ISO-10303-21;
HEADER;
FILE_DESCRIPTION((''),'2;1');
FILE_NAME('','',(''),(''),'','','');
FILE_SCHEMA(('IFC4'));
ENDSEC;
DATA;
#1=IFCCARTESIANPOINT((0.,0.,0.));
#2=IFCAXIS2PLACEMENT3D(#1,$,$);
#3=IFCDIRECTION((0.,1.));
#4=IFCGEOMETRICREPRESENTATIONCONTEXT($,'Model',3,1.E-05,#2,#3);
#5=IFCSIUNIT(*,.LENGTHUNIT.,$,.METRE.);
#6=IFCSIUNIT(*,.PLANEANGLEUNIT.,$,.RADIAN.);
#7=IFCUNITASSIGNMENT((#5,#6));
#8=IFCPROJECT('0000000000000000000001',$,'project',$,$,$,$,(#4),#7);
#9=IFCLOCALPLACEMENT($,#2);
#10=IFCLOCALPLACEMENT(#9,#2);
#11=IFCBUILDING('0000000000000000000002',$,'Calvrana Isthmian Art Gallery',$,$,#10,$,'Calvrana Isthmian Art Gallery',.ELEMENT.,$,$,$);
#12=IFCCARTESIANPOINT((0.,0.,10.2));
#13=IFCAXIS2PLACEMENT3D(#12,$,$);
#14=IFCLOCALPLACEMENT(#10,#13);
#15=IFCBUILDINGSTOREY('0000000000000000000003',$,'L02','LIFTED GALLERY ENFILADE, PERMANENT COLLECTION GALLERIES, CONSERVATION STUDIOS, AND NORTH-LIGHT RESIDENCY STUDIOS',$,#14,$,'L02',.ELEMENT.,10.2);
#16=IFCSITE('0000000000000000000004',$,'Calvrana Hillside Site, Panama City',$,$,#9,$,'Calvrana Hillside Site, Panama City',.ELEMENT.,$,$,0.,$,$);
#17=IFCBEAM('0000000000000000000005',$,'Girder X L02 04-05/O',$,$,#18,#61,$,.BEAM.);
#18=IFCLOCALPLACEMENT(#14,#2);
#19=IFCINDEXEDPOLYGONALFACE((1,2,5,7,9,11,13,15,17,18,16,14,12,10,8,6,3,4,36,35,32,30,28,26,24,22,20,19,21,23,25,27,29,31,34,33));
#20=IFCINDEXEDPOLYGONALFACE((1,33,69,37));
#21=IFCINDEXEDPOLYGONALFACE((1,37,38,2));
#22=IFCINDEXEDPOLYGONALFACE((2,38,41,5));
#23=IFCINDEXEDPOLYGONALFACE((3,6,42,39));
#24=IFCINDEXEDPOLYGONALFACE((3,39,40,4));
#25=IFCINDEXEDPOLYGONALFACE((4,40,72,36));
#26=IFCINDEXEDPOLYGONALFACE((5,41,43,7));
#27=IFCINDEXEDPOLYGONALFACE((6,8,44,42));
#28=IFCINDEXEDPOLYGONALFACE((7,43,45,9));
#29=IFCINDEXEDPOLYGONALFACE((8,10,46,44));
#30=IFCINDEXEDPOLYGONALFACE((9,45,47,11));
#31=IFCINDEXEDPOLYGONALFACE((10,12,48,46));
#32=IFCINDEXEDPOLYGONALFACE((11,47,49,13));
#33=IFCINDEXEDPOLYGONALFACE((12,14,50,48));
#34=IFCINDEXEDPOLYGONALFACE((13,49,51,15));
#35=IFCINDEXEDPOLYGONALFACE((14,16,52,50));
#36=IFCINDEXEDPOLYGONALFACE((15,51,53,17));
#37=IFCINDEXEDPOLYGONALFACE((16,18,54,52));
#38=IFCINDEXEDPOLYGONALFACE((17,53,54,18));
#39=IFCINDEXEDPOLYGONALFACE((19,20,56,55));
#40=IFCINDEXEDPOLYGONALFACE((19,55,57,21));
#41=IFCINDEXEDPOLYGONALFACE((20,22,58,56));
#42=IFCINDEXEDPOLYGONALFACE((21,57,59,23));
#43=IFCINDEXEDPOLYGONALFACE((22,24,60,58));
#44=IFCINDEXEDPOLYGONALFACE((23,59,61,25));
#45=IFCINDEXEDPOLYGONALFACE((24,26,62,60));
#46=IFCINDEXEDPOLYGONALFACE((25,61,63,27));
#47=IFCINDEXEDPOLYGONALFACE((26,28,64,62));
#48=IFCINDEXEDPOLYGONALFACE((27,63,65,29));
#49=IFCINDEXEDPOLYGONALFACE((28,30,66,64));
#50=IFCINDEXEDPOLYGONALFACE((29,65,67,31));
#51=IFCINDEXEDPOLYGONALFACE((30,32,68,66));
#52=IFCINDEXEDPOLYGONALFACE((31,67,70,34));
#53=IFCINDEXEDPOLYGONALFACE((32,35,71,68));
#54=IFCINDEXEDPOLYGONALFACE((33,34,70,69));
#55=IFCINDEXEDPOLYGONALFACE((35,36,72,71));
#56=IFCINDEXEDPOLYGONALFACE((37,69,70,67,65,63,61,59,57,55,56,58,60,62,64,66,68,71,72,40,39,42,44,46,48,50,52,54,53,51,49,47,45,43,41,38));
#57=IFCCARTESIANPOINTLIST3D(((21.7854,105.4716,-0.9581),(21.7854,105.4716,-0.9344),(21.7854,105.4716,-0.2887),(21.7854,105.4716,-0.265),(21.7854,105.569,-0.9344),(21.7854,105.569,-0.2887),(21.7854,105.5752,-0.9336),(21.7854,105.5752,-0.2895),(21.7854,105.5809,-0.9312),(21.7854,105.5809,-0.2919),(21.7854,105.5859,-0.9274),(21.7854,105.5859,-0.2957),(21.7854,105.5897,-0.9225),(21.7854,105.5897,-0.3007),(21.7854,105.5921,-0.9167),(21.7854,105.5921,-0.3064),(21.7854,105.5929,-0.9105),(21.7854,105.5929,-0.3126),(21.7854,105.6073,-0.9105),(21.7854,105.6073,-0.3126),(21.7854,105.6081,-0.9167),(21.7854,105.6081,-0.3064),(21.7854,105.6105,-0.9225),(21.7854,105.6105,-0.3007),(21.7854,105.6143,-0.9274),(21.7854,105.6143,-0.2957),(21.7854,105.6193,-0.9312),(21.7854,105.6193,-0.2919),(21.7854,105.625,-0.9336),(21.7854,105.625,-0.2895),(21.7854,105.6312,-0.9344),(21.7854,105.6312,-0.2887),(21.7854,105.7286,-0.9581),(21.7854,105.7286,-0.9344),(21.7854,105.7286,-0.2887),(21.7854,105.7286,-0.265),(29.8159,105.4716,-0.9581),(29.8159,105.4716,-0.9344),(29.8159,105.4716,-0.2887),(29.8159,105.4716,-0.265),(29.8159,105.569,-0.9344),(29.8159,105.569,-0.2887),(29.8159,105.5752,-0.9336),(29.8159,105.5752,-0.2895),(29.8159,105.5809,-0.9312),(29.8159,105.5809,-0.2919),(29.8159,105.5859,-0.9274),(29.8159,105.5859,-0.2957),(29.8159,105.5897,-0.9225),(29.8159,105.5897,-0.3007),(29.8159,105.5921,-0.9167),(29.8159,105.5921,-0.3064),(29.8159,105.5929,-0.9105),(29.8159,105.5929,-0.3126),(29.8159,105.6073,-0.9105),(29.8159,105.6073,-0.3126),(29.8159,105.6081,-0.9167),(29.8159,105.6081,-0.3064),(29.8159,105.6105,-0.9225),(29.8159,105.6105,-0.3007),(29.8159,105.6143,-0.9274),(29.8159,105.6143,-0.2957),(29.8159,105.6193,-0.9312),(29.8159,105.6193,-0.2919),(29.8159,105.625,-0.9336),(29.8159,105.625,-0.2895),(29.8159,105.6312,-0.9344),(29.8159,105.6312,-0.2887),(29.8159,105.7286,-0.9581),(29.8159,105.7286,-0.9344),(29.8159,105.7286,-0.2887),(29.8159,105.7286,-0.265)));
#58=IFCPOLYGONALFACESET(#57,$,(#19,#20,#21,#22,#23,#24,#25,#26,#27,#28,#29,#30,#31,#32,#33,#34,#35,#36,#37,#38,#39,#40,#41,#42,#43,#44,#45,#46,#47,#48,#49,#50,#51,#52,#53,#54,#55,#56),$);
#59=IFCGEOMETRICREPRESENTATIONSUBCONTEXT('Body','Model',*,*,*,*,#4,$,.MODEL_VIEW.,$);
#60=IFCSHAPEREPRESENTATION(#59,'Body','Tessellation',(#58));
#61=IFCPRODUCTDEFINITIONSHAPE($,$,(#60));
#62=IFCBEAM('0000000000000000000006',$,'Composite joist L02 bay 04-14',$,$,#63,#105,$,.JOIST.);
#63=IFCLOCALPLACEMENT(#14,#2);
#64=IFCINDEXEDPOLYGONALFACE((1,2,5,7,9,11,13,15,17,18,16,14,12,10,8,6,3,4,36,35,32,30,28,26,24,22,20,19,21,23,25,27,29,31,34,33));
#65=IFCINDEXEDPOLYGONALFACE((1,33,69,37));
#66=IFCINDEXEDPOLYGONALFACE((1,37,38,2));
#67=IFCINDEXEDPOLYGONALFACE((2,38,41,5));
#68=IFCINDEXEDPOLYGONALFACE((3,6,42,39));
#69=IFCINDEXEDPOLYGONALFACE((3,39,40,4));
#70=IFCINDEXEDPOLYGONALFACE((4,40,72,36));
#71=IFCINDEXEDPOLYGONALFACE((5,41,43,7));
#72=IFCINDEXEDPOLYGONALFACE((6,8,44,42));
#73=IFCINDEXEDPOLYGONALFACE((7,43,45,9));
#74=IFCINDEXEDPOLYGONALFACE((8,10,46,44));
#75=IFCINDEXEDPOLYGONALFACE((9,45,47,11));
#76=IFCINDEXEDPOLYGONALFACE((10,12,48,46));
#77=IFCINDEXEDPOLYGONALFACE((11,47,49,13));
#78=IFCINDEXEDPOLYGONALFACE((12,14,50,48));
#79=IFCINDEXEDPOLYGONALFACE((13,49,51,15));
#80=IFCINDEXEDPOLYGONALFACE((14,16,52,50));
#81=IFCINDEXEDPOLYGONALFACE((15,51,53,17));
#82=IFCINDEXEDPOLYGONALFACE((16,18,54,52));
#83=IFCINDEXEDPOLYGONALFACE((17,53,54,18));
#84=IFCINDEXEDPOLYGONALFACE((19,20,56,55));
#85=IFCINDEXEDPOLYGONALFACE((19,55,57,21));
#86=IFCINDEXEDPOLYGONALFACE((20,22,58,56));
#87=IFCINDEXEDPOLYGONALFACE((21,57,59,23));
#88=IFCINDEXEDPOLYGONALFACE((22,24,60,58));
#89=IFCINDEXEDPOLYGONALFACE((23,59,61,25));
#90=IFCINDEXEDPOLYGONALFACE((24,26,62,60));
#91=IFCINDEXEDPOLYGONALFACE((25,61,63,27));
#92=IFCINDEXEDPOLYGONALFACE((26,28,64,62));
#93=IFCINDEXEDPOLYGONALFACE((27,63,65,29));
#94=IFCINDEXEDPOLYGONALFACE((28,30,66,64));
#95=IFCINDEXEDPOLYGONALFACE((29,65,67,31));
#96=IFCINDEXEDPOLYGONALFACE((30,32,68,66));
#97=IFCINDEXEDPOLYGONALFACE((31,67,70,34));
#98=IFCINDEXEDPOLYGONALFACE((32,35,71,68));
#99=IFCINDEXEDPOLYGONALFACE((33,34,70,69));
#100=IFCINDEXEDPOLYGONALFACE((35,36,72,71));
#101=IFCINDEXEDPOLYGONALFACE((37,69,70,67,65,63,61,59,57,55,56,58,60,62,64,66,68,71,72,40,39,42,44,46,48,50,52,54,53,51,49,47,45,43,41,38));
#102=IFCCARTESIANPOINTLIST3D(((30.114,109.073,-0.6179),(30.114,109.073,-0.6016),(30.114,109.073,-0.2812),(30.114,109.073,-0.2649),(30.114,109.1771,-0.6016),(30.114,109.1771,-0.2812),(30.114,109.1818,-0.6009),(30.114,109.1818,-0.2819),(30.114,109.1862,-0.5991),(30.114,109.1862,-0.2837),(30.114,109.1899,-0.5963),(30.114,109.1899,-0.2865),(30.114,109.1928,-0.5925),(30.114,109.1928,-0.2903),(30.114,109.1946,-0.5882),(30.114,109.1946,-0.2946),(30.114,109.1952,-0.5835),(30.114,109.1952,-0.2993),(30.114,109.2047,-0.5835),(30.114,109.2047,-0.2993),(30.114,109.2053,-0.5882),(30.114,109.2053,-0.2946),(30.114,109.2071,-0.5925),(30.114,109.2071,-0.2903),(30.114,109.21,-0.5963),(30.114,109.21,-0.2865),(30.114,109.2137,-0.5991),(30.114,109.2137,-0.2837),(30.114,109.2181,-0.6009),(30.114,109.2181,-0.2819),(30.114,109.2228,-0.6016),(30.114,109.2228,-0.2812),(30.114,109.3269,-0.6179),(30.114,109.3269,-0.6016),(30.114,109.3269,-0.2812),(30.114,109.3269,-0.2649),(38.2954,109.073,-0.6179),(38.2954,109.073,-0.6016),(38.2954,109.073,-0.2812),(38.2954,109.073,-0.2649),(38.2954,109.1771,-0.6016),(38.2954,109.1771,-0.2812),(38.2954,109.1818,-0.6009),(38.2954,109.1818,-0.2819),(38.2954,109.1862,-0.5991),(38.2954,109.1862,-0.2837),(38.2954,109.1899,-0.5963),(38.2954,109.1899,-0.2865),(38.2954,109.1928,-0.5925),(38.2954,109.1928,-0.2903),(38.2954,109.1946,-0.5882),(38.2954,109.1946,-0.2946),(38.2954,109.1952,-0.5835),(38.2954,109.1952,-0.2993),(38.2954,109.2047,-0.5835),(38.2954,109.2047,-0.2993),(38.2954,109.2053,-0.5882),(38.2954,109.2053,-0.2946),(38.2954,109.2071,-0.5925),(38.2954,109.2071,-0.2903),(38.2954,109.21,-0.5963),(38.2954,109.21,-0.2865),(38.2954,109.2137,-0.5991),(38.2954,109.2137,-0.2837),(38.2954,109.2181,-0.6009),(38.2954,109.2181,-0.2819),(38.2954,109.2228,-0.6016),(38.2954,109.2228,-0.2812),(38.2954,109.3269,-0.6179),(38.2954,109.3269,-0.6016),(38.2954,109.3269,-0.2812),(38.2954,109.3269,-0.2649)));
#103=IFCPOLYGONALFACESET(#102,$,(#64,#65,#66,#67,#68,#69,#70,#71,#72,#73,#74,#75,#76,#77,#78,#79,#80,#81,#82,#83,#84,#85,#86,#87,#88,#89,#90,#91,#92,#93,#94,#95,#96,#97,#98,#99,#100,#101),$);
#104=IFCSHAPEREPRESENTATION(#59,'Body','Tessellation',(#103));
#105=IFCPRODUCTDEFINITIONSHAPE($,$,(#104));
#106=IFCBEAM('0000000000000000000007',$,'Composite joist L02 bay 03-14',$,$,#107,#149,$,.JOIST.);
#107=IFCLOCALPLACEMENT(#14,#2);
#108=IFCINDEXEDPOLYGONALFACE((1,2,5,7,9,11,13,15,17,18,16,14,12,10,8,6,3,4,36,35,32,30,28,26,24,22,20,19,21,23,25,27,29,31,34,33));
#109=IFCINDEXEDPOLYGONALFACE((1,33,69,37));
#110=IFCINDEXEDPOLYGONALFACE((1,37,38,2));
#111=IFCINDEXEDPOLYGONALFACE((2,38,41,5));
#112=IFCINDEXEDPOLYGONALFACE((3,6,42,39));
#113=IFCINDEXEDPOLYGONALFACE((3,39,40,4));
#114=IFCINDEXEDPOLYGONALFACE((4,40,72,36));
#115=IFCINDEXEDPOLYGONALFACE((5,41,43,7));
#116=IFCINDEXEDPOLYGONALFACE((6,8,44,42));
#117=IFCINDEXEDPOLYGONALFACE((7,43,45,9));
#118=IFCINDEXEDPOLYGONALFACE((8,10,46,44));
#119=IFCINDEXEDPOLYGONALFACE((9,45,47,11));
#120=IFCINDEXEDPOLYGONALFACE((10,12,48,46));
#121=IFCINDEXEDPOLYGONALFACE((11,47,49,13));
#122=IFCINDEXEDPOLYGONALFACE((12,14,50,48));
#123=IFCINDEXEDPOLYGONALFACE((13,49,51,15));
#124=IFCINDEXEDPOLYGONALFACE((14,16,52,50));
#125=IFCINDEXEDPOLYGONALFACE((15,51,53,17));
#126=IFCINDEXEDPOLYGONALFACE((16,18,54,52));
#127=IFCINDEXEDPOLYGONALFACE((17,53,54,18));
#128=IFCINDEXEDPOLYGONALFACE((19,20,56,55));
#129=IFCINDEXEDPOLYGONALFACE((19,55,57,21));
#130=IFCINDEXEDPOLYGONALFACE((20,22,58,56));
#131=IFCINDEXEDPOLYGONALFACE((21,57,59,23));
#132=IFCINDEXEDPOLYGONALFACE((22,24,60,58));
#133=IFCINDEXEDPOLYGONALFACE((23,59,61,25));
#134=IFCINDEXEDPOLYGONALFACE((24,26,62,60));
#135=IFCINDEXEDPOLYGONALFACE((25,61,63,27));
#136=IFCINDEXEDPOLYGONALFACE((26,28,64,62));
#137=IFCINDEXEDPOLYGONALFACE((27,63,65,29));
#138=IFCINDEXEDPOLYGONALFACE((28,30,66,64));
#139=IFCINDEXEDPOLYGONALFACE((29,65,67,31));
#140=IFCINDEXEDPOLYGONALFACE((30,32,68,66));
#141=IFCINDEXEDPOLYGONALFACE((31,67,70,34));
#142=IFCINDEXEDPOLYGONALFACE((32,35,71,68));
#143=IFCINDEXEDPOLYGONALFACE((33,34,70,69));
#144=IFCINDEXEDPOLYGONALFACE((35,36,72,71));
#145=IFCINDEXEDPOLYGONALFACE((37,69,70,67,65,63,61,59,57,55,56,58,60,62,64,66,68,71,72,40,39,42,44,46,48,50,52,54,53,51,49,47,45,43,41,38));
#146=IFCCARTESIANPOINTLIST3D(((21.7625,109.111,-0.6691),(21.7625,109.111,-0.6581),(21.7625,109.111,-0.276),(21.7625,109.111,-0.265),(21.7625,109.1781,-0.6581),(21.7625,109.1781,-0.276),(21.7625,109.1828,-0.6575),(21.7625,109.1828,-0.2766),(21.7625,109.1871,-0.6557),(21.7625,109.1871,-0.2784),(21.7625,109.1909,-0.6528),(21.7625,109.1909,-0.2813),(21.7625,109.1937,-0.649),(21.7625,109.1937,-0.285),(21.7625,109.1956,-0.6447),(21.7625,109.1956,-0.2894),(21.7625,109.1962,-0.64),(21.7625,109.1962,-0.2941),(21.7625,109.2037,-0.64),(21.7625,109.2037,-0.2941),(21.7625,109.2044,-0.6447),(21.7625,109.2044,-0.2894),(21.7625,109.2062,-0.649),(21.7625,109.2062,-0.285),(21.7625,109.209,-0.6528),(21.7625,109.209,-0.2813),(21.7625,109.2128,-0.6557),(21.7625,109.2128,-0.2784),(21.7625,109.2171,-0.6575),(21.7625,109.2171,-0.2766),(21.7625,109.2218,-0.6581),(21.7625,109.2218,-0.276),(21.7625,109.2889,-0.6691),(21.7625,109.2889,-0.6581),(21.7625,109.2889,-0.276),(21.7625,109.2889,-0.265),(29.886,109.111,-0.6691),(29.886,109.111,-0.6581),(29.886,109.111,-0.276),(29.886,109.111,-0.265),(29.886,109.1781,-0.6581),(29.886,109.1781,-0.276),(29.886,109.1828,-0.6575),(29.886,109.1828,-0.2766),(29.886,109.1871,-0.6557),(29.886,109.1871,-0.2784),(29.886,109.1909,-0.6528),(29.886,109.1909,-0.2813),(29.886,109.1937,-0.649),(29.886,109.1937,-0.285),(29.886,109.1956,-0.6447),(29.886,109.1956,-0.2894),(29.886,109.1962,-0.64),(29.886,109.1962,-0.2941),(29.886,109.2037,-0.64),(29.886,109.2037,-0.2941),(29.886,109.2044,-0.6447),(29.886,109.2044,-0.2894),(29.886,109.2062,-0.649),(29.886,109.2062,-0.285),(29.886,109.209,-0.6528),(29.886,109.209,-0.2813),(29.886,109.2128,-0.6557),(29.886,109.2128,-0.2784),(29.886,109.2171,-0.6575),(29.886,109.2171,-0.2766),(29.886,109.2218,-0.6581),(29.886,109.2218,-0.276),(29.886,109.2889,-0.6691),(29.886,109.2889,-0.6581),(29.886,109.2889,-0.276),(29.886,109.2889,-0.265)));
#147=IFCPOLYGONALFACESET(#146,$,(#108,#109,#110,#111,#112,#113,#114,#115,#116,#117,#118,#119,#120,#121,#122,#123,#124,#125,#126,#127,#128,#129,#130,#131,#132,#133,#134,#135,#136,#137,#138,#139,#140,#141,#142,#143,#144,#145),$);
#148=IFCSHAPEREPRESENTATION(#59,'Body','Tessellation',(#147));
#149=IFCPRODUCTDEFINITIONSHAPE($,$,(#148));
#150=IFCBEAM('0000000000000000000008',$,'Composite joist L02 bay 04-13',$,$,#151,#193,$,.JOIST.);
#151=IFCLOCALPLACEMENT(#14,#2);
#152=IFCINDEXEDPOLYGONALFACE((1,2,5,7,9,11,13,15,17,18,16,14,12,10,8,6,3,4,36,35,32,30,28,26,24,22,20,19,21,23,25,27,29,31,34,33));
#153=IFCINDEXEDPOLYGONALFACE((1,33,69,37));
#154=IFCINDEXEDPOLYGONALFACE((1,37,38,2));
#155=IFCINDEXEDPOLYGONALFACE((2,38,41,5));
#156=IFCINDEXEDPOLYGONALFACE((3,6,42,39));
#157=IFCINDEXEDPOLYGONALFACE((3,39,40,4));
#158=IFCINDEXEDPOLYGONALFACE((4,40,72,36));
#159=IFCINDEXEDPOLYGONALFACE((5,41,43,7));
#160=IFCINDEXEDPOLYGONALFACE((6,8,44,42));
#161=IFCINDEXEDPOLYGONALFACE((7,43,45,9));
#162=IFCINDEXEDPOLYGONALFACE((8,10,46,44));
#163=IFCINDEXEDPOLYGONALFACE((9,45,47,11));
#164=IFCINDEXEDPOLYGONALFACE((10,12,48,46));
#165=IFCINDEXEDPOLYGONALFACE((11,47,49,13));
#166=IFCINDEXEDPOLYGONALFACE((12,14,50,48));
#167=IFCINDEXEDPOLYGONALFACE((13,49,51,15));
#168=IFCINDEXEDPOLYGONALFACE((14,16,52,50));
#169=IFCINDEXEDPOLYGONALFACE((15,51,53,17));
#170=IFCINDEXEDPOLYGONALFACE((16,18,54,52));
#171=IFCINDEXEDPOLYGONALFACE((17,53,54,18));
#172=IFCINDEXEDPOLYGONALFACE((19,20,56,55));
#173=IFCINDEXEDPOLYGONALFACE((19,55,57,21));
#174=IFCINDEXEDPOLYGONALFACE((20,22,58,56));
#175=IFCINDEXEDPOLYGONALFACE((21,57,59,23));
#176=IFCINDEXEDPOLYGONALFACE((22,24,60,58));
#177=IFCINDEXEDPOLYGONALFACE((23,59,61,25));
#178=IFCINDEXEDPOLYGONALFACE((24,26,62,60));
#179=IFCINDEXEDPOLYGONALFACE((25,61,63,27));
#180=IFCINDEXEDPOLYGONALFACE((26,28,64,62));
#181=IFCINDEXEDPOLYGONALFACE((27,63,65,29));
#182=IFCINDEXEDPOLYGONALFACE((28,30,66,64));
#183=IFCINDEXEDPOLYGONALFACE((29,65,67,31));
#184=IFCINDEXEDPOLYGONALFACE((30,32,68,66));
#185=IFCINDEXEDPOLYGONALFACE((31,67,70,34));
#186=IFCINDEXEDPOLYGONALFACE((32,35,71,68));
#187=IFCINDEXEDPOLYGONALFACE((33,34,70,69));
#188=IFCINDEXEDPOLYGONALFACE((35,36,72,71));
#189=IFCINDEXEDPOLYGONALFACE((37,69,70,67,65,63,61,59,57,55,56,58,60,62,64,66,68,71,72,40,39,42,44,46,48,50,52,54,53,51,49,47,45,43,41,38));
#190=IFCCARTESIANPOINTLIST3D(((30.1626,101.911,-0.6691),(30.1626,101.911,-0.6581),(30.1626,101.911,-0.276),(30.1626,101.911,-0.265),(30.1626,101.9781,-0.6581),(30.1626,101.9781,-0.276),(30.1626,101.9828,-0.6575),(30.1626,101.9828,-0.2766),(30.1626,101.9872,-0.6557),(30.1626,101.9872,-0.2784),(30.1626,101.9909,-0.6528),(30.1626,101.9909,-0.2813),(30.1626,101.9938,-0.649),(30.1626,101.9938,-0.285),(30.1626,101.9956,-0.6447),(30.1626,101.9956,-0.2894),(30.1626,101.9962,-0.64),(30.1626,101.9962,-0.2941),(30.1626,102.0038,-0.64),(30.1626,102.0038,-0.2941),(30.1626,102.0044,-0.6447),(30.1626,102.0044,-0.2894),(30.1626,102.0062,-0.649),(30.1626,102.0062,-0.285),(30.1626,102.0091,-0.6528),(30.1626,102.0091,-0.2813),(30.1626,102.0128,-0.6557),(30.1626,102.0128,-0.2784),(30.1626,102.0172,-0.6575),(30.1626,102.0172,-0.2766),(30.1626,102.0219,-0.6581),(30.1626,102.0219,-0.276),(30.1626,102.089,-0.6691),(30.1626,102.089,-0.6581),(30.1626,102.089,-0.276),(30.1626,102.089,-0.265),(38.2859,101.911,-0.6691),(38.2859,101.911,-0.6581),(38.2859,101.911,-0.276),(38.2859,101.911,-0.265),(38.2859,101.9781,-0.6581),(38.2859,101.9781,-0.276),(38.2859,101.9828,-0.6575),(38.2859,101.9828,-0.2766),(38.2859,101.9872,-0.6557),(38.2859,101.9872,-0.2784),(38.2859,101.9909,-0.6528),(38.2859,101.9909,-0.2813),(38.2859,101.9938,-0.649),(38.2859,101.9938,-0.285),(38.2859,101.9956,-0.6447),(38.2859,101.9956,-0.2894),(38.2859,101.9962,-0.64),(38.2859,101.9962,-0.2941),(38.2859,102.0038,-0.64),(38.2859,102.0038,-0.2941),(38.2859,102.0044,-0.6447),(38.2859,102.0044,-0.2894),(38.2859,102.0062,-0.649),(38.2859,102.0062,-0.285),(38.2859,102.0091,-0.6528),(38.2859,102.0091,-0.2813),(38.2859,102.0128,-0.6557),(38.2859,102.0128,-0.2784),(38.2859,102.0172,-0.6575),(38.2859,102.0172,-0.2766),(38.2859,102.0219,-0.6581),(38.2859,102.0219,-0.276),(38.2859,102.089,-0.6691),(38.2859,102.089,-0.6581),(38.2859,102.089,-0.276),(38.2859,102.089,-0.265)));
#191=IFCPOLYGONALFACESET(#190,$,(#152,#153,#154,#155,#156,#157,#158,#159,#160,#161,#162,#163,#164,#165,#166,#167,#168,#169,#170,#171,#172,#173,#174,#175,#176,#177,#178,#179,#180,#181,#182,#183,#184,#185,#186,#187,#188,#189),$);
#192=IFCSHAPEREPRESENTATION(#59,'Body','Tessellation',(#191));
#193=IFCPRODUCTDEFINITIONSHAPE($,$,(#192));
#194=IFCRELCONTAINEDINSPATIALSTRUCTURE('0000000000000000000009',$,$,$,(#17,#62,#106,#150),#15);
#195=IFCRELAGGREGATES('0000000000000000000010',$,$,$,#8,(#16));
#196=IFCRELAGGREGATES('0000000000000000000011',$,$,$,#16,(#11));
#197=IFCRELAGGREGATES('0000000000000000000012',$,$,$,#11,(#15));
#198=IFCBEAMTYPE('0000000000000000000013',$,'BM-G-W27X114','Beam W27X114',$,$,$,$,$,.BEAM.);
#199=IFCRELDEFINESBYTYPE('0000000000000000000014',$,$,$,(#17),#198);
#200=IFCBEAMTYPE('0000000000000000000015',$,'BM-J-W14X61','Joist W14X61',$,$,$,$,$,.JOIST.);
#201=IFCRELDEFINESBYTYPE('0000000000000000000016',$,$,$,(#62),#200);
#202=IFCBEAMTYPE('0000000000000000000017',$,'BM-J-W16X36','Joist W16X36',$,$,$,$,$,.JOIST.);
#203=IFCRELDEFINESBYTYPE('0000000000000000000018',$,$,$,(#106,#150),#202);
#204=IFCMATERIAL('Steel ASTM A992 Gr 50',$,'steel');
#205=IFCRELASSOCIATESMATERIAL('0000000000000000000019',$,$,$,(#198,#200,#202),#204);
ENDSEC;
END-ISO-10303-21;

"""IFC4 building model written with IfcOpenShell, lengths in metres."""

from ifc_helpers import new_model, si_unit, direction, frame, origin, origin_2d, place, context, subcontext, project, spatial, i_section, extrude, material, material_profile, profile_set, type_object, element, save


model = new_model("IFC4")

# Units and contexts
model_context = context("Model", 3, precision=1e-05, world=origin(), true_north=direction((0.0, 1.0)))
body_context = subcontext(model_context, "Body", "Model", "MODEL_VIEW")
ifc_project = project(units=[si_unit("LENGTHUNIT", "METRE"), si_unit("PLANEANGLEUNIT", "RADIAN")], contexts=[model_context])

# Site, building, storey
site_placement = place(None, origin())
site = spatial("IfcSite", under=ifc_project, at=site_placement, Name="Calvrana Hillside Site, Panama City", LongName="Calvrana Hillside Site, Panama City", CompositionType="ELEMENT", RefElevation=0.0)
building_placement = place(site_placement, origin())
building = spatial("IfcBuilding", under=site, at=building_placement, Name="Calvrana Isthmian Art Gallery", LongName="Calvrana Isthmian Art Gallery", CompositionType="ELEMENT")
storey_placement = place(building_placement, frame((0.0, 0.0, 10.2)))
storey = spatial("IfcBuildingStorey", under=building, at=storey_placement, Name="L02", Description="LIFTED GALLERY ENFILADE, PERMANENT COLLECTION GALLERIES, CONSERVATION STUDIOS, AND NORTH-LIGHT RESIDENCY STUDIOS", LongName="L02", CompositionType="ELEMENT", Elevation=10.2)

# Beams
ifc_material_1 = material(Name="Steel ASTM A992 Gr 50", Category="steel")
ifc_material_profile_1 = material_profile(ifc_material_1, i_section(OverallWidth=0.2571, OverallDepth=0.6931, WebThickness=0.0144, FlangeThickness=0.0237, FilletRadius=0.0239, at=origin_2d()), Name="W27X114")
ifc_profile_set_1 = profile_set([ifc_material_profile_1], Name="Steel ASTM A992 Gr 50")
beam_type_1 = type_object("IfcBeamType", Name="BM-G-W27X114", Description="Beam W27X114", PredefinedType="BEAM", material=ifc_profile_set_1)
beam_1_placement = place(storey_placement, frame((21.7854, 105.6001, -0.6116), z_axis=(1.0, 0.0, 0.0), x_axis=(0.0, 1.0, 0.0)))
element("IfcBeam", 1, at=beam_1_placement, inside=storey, type_object=beam_type_1, Name="Girder X L02 04-05/O", PredefinedType="BEAM", context=body_context, shape_type="SweptSolid", body=[
    extrude(i_section(OverallWidth=0.2571, OverallDepth=0.6931, WebThickness=0.0144, FlangeThickness=0.0237, FilletRadius=0.0239, at=origin_2d()), origin(), (0.0, 0.0, 1.0), 8.0305),
])
ifc_material_profile_2 = material_profile(ifc_material_1, i_section(OverallWidth=0.2539, OverallDepth=0.353, WebThickness=0.0095, FlangeThickness=0.0164, FilletRadius=0.0181, at=origin_2d()), Name="W14X61")
ifc_profile_set_2 = profile_set([ifc_material_profile_2], Name="Steel ASTM A992 Gr 50")
beam_type_2 = type_object("IfcBeamType", Name="BM-J-W14X61", Description="Joist W14X61", PredefinedType="JOIST", material=ifc_profile_set_2)
beam_2_placement = place(storey_placement, frame((30.114, 109.2, -0.4414), z_axis=(1.0, 0.0, 0.0), x_axis=(0.0, 1.0, 0.0)))
element("IfcBeam", 2, at=beam_2_placement, inside=storey, type_object=beam_type_2, Name="Composite joist L02 bay 04-14", PredefinedType="JOIST", context=body_context, shape_type="SweptSolid", body=[
    extrude(i_section(OverallWidth=0.2539, OverallDepth=0.353, WebThickness=0.0095, FlangeThickness=0.0164, FilletRadius=0.0181, at=origin_2d()), origin(), (0.0, 0.0, 1.0), 8.1814),
])
ifc_material_profile_3 = material_profile(ifc_material_1, i_section(OverallWidth=0.178, OverallDepth=0.4041, WebThickness=0.0076, FlangeThickness=0.011, FilletRadius=0.0181, at=origin_2d()), Name="W16X36")
ifc_profile_set_3 = profile_set([ifc_material_profile_3], Name="Steel ASTM A992 Gr 50")
beam_type_3 = type_object("IfcBeamType", Name="BM-J-W16X36", Description="Joist W16X36", PredefinedType="JOIST", material=ifc_profile_set_3)
beam_3_placement = place(storey_placement, frame((21.7625, 109.2, -0.467), z_axis=(1.0, 0.0, 0.0), x_axis=(0.0, 1.0, 0.0)))
element("IfcBeam", 3, at=beam_3_placement, inside=storey, type_object=beam_type_3, Name="Composite joist L02 bay 03-14", PredefinedType="JOIST", context=body_context, shape_type="SweptSolid", body=[
    extrude(i_section(OverallWidth=0.178, OverallDepth=0.4041, WebThickness=0.0076, FlangeThickness=0.011, FilletRadius=0.0181, at=origin_2d()), origin(), (0.0, 0.0, 1.0), 8.1235),
])
beam_4_placement = place(storey_placement, frame((30.1626, 102.0, -0.467), z_axis=(1.0, 0.0, 0.0), x_axis=(0.0, 1.0, 0.0)))
element("IfcBeam", 4, at=beam_4_placement, inside=storey, type_object=beam_type_3, Name="Composite joist L02 bay 04-13", PredefinedType="JOIST", context=body_context, shape_type="SweptSolid", body=[
    extrude(i_section(OverallWidth=0.178, OverallDepth=0.4041, WebThickness=0.0076, FlangeThickness=0.011, FilletRadius=0.0181, at=origin_2d()), origin(), (0.0, 0.0, 1.0), 8.1233),
])

save(model, "model.ifc")
